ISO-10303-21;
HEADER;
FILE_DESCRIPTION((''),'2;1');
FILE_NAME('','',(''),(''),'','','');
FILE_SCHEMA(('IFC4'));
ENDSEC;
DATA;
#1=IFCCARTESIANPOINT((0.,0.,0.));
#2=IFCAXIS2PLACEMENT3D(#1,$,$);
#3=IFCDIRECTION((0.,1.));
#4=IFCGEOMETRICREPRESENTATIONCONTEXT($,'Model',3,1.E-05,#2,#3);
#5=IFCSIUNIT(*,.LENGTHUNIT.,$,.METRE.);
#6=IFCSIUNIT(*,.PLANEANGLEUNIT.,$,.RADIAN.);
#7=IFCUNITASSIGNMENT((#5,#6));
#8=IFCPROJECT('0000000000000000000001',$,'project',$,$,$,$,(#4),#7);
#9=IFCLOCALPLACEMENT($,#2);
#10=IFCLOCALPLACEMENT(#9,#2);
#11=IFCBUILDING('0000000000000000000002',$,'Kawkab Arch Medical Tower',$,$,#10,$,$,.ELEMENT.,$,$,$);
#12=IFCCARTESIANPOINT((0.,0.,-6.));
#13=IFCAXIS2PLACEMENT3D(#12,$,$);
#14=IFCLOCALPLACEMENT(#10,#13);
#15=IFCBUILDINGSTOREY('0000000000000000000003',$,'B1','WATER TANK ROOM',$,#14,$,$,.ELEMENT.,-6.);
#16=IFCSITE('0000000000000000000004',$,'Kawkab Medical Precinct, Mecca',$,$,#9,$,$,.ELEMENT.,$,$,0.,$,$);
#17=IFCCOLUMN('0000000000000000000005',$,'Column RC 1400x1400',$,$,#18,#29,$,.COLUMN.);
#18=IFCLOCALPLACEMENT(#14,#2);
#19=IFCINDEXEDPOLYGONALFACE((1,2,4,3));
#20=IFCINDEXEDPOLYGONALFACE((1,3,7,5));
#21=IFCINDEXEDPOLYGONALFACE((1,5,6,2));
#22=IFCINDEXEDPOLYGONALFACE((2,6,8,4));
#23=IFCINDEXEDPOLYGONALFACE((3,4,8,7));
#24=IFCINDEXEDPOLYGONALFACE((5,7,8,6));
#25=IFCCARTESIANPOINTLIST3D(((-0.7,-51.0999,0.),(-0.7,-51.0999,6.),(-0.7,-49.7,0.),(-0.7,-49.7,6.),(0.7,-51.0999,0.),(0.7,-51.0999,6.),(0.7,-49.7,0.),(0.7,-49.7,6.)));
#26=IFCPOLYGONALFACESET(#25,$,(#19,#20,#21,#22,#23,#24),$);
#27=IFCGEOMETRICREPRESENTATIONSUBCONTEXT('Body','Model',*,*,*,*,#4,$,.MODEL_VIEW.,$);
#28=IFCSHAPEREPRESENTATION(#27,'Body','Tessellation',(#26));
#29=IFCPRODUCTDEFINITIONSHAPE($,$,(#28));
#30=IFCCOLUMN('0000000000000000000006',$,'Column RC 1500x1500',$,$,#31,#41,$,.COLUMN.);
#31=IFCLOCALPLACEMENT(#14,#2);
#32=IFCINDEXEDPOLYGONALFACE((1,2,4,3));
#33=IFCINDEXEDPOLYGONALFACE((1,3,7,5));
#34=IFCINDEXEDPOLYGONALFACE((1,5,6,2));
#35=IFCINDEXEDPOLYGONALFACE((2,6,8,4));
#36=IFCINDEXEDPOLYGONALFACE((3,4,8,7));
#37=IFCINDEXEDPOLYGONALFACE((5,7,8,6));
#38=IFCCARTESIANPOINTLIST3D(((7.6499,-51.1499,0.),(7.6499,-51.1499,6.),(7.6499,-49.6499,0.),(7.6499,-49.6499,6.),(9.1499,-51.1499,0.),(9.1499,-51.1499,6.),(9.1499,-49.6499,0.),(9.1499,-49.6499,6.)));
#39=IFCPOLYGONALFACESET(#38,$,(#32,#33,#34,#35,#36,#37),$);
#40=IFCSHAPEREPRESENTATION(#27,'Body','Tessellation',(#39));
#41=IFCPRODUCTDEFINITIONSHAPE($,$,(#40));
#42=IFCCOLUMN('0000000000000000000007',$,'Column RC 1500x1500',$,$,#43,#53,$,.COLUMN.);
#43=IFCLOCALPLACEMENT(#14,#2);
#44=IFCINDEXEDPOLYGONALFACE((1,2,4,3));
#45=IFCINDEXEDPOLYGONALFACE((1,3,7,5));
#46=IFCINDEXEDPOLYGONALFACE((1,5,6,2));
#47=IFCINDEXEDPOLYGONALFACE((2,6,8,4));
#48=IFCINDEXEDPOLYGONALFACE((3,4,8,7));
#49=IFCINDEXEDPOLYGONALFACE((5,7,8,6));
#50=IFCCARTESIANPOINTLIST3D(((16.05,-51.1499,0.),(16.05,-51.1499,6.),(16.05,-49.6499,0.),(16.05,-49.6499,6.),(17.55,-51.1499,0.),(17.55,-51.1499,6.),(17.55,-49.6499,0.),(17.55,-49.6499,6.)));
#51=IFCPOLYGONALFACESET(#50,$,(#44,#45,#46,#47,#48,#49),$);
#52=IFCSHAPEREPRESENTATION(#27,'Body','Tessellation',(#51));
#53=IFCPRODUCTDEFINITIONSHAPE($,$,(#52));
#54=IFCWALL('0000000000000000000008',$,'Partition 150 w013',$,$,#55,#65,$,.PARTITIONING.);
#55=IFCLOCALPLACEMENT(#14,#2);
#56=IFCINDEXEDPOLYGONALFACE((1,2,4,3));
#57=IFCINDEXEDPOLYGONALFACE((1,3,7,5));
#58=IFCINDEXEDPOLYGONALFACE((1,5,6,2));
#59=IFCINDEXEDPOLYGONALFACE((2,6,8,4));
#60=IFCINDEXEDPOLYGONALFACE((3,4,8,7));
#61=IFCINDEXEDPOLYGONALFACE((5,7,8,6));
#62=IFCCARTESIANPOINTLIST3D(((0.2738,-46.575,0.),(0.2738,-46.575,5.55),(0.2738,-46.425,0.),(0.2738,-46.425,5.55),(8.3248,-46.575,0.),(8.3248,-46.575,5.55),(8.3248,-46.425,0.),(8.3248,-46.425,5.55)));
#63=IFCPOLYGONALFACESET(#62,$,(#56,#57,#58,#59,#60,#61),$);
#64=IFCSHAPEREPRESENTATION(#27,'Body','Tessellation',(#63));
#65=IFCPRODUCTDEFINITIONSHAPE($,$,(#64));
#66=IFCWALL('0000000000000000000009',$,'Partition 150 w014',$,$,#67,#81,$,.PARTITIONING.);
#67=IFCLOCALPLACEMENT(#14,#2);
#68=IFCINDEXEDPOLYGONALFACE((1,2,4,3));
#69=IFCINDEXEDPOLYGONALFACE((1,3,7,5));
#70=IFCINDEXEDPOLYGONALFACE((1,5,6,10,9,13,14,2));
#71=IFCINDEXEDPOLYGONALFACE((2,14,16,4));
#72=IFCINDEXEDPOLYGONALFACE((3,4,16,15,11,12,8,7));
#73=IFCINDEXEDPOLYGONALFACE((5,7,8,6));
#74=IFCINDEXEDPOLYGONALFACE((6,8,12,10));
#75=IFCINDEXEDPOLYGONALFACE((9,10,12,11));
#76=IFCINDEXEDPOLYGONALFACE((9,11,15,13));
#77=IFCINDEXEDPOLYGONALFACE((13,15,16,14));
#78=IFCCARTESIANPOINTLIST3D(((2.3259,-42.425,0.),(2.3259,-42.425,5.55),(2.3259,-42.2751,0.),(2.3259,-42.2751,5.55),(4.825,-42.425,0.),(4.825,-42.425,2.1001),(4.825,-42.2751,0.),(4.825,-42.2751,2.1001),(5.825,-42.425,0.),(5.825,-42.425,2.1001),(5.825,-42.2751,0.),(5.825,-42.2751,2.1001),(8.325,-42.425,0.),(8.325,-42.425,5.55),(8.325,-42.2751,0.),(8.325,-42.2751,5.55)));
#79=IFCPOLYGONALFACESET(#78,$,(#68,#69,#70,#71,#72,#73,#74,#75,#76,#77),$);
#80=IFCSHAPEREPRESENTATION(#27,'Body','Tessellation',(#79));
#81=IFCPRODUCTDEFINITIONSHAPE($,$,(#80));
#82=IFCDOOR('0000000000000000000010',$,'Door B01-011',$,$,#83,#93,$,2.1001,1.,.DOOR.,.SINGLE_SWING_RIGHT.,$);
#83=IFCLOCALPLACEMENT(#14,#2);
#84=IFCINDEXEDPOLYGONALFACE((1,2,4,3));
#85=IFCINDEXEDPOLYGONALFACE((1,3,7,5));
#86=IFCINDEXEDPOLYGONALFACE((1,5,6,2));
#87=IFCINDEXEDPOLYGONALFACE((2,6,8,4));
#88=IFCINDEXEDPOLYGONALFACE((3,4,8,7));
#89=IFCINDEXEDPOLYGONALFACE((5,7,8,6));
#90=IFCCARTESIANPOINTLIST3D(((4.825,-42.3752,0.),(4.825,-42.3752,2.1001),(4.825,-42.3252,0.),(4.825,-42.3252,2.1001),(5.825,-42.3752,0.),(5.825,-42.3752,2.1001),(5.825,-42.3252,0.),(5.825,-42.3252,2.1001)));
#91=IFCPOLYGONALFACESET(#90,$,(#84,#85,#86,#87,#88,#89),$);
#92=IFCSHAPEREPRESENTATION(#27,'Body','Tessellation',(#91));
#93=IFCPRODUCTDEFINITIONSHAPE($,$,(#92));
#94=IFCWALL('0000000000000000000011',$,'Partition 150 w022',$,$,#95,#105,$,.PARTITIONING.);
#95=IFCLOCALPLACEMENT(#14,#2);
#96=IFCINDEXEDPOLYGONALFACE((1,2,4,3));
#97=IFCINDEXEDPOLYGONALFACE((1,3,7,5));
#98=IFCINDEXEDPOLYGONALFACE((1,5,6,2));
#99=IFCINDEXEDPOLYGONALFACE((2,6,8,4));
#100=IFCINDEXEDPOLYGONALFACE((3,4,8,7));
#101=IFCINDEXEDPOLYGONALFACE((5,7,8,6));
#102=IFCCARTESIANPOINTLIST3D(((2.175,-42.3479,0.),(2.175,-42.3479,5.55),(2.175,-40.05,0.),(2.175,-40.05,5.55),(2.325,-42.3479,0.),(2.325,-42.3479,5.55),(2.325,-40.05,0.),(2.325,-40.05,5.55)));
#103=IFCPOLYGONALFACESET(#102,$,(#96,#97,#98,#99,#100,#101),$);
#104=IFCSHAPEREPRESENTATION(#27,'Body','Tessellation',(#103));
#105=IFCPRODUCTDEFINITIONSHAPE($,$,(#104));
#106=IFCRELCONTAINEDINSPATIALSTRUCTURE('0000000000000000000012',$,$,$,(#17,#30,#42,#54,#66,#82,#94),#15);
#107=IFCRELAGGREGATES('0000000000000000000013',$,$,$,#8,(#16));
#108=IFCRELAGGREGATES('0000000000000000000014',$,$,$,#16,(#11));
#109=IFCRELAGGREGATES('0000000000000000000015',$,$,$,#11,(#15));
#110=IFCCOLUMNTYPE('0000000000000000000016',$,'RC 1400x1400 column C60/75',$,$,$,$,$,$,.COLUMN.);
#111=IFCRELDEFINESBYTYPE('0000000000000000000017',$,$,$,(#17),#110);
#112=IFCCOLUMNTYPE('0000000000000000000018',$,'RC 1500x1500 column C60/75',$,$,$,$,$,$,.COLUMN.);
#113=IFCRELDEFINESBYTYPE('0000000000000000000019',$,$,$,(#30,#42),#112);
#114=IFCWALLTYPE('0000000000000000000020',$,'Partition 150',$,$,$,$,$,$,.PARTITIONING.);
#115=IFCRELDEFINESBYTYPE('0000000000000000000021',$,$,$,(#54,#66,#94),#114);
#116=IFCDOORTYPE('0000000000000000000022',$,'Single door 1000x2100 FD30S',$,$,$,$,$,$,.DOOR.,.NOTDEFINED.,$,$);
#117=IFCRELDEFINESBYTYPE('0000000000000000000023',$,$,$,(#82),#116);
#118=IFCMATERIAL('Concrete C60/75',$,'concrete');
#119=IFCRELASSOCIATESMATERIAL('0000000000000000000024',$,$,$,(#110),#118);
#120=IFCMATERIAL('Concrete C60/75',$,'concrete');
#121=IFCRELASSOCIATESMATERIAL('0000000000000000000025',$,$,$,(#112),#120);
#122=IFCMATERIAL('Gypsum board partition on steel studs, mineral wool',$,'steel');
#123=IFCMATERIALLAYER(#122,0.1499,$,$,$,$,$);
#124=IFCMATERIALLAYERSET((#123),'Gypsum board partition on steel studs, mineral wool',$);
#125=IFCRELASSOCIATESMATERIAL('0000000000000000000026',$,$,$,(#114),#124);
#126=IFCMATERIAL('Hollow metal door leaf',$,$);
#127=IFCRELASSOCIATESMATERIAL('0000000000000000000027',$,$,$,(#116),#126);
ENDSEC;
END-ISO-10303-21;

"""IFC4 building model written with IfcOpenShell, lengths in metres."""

from ifc_helpers import new_model, si_unit, direction, frame, frame_2d, origin, origin_2d, place, context, subcontext, project, spatial, rectangle, extrude, material, layer, layer_set, material_profile, profile_set, type_object, element, fill, save


model = new_model("IFC4")

# Units and contexts
model_context = context("Model", 3, precision=1e-05, world=origin(), true_north=direction((0.0, 1.0)))
body_context = subcontext(model_context, "Body", "Model", "MODEL_VIEW")
ifc_project = project(units=[si_unit("LENGTHUNIT", "METRE"), si_unit("PLANEANGLEUNIT", "RADIAN")], contexts=[model_context])

# Site, building, storey
site_placement = place(None, origin())
site = spatial("IfcSite", under=ifc_project, at=site_placement, Name="Kawkab Medical Precinct, Mecca", CompositionType="ELEMENT", RefElevation=0.0)
building_placement = place(site_placement, origin())
building = spatial("IfcBuilding", under=site, at=building_placement, Name="Kawkab Arch Medical Tower", CompositionType="ELEMENT")
storey_placement = place(building_placement, frame((0.0, 0.0, -6.0)))
storey = spatial("IfcBuildingStorey", under=building, at=storey_placement, Name="B1", Description="WATER TANK ROOM", CompositionType="ELEMENT", Elevation=-6.0)

# Columns
ifc_material_1 = material(Name="Concrete C60/75", Category="concrete")
ifc_material_profile_1 = material_profile(ifc_material_1, rectangle(XDim=1.3999, YDim=1.3999, at=origin_2d()), Name="RC 1400x1400")
ifc_profile_set_1 = profile_set([ifc_material_profile_1], Name="Concrete C60/75")
column_type_1 = type_object("IfcColumnType", Name="RC 1400x1400 column C60/75", PredefinedType="COLUMN", material=ifc_profile_set_1)
column_placement = place(storey_placement, frame((0.0, -50.3999, 0.0), z_axis=(0.0, 0.0, 1.0), x_axis=(1.0, 0.0, 0.0)))
element("IfcColumn", 1, at=column_placement, inside=storey, type_object=column_type_1, Name="Column RC 1400x1400", PredefinedType="COLUMN", context=body_context, shape_type="SweptSolid", body=[
    extrude(rectangle(XDim=1.3999, YDim=1.3999, at=origin_2d()), origin(), (0.0, 0.0, 1.0), 6.0),
])
ifc_material_2 = material(Name="Concrete C60/75", Category="concrete")
ifc_material_profile_2 = material_profile(ifc_material_2, rectangle(XDim=1.5, YDim=1.5, at=origin_2d()), Name="RC 1500x1500")
ifc_profile_set_2 = profile_set([ifc_material_profile_2], Name="Concrete C60/75")
column_type_2 = type_object("IfcColumnType", Name="RC 1500x1500 column C60/75", PredefinedType="COLUMN", material=ifc_profile_set_2)
for number, where, z_axis, x_axis, name in (
    (2, (8.3999, -50.3999, 0.0), (0.0, 0.0, 1.0), (1.0, 0.0, 0.0), "Column RC 1500x1500"),
    (3, (16.8, -50.3999, 0.0), (0.0, 0.0, 1.0), (1.0, 0.0, 0.0), "Column RC 1500x1500"),
):
    element("IfcColumn", number, at=place(storey_placement, frame(where, z_axis=z_axis, x_axis=x_axis)), inside=storey, type_object=column_type_2, Name=name, PredefinedType="COLUMN", context=body_context, shape_type="SweptSolid", body=[
        extrude(rectangle(XDim=1.5, YDim=1.5, at=origin_2d()), origin(), (0.0, 0.0, 1.0), 6.0),
    ])

# Wall
ifc_material_3 = material(Name="Gypsum board partition on steel studs, mineral wool", Category="steel")
ifc_layer = layer(ifc_material_3, 0.1499)
ifc_layer_set = layer_set([ifc_layer], Name="Gypsum board partition on steel studs, mineral wool")
wall_type = type_object("IfcWallType", Name="Partition 150", PredefinedType="PARTITIONING", material=ifc_layer_set)
wall_1_placement = place(storey_placement, frame((0.2739, -46.5, 0.0), z_axis=(0.0, 0.0, 1.0), x_axis=(1.0, 0.0, 0.0)))
element("IfcWall", 4, at=wall_1_placement, inside=storey, type_object=wall_type, Name="Partition 150 w013", PredefinedType="PARTITIONING", context=body_context, shape_type="SweptSolid", body=[
    extrude(rectangle(XDim=8.051, YDim=0.1499, at=frame_2d((4.0254, 0.0))), origin(), (0.0, 0.0, 1.0), 5.55),
])

# Wall, opening, door
wall_2_placement = place(storey_placement, frame((2.3259, -42.3501, 0.0), z_axis=(0.0, 0.0, 1.0), x_axis=(1.0, 0.0, 0.0)))
wall_2 = element("IfcWall", 5, at=wall_2_placement, inside=storey, type_object=wall_type, Name="Partition 150 w014", PredefinedType="PARTITIONING", context=body_context, shape_type="SweptSolid", body=[
    extrude(rectangle(XDim=5.999, YDim=0.1499, at=frame_2d((2.9995, 0.0))), origin(), (0.0, 0.0, 1.0), 5.55),
])
opening_placement = place(wall_2_placement, frame((2.499, 0.0, 0.0)))
opening = element("IfcOpeningElement", 6, at=opening_placement, cuts=wall_2, PredefinedType="OPENING", context=body_context, shape_type="SweptSolid", body=[
    extrude(rectangle(XDim=1.0, YDim=2.1001, at=frame_2d((0.5, 1.05))), frame((0.0, 0.085, 0.0), z_axis=(0.0, -1.0, 0.0), x_axis=(1.0, 0.0, 0.0)), (0.0, 0.0, 1.0), 0.1699),
])
ifc_material_4 = material(Name="Hollow metal door leaf")
door_type = type_object("IfcDoorType", Name="Single door 1000x2100 FD30S", OperationType="NOTDEFINED", PredefinedType="DOOR", material=ifc_material_4)
door_placement = place(opening_placement, origin())
door = element("IfcDoor", 7, at=door_placement, inside=storey, type_object=door_type, Name="Door B01-011", OperationType="SINGLE_SWING_RIGHT", OverallHeight=2.1001, OverallWidth=1.0, PredefinedType="DOOR", context=body_context, shape_type="SweptSolid", body=[
    extrude(rectangle(XDim=1.0, YDim=2.1001, at=frame_2d((0.5, 1.05))), frame((0.0, 0.0249, 0.0), z_axis=(0.0, -1.0, 0.0), x_axis=(1.0, 0.0, 0.0)), (0.0, 0.0, 1.0), 0.05),
])
fill(opening, door)

# Wall
wall_3_placement = place(storey_placement, frame((2.25, -42.3479, 0.0), z_axis=(0.0, 0.0, 1.0), x_axis=(0.0, 1.0, 0.0)))
element("IfcWall", 8, at=wall_3_placement, inside=storey, type_object=wall_type, Name="Partition 150 w022", PredefinedType="PARTITIONING", context=body_context, shape_type="SweptSolid", body=[
    extrude(rectangle(XDim=2.2979, YDim=0.1499, at=frame_2d((1.1489, 0.0))), origin(), (0.0, 0.0, 1.0), 5.55),
])

save(model, "model.ifc")
